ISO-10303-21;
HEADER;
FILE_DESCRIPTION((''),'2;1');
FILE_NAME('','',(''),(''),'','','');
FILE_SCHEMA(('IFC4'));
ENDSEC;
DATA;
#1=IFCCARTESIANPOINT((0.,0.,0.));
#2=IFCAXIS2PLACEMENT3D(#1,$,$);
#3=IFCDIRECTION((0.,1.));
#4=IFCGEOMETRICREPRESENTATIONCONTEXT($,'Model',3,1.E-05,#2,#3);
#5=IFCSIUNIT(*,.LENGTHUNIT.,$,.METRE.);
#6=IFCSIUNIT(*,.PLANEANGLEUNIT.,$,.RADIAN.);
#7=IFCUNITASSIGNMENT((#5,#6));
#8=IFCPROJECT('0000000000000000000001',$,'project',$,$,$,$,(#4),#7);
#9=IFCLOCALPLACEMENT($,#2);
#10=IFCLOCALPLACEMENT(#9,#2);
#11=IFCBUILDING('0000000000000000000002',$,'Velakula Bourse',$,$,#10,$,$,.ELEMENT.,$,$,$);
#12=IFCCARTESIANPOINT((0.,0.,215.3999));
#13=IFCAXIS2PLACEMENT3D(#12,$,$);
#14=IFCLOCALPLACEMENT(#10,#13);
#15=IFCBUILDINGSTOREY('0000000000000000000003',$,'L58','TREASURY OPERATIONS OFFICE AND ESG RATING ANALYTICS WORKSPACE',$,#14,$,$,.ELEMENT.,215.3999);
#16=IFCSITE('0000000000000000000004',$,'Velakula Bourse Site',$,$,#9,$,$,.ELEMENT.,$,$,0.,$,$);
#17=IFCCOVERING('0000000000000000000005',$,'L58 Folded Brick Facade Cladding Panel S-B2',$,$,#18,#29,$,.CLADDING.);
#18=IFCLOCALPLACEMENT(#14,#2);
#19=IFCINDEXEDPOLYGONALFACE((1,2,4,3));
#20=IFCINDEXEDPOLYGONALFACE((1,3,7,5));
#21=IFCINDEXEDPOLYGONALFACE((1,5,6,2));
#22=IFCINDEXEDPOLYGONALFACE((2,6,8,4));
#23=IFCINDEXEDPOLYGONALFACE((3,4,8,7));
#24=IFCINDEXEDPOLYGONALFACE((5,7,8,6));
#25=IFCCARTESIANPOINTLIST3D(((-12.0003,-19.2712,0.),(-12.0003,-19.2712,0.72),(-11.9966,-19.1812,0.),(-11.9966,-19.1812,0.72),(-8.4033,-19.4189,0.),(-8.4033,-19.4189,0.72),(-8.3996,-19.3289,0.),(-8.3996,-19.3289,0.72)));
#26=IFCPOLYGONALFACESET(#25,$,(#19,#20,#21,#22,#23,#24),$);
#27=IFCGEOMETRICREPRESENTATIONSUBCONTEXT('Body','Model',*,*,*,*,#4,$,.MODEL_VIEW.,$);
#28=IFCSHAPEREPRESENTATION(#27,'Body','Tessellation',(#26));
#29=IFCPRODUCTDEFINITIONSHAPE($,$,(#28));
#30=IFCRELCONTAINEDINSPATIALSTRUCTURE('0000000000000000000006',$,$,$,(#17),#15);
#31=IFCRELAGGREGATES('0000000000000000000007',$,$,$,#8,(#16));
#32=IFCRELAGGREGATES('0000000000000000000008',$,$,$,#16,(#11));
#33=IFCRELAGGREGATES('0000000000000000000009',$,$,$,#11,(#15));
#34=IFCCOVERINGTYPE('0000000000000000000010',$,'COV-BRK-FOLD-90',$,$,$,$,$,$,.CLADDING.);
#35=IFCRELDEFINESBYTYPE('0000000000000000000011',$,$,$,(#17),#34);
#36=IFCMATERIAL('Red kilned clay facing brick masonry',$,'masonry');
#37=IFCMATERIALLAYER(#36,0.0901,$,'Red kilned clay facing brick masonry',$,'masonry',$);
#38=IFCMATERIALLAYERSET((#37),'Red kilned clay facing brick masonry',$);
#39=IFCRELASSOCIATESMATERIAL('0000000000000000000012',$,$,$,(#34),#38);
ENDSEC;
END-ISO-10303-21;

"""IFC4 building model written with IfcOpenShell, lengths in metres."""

from ifc_helpers import new_model, si_unit, direction, frame, origin, origin_2d, place, context, subcontext, project, spatial, rectangle, extrude, material, layer, layer_set, type_object, element, save


model = new_model("IFC4")

# Units and contexts
model_context = context("Model", 3, precision=1e-05, world=origin(), true_north=direction((0.0, 1.0)))
body_context = subcontext(model_context, "Body", "Model", "MODEL_VIEW")
ifc_project = project(units=[si_unit("LENGTHUNIT", "METRE"), si_unit("PLANEANGLEUNIT", "RADIAN")], contexts=[model_context])

# Site, building, storey
site_placement = place(None, origin())
site = spatial("IfcSite", under=ifc_project, at=site_placement, Name="Velakula Bourse Site", CompositionType="ELEMENT", RefElevation=0.0)
building_placement = place(site_placement, origin())
building = spatial("IfcBuilding", under=site, at=building_placement, Name="Velakula Bourse", CompositionType="ELEMENT")
storey_placement = place(building_placement, frame((0.0, 0.0, 215.3999)))
storey = spatial("IfcBuildingStorey", under=building, at=storey_placement, Name="L58", Description="TREASURY OPERATIONS OFFICE AND ESG RATING ANALYTICS WORKSPACE", CompositionType="ELEMENT", Elevation=215.3999)

# Covering
ifc_material_1 = material(Name="Red kilned clay facing brick masonry", Category="masonry")
ifc_layer_1 = layer(ifc_material_1, 0.0901, Name="Red kilned clay facing brick masonry", Category="masonry")
ifc_layer_set_1 = layer_set([ifc_layer_1], Name="Red kilned clay facing brick masonry")
covering_type = type_object("IfcCoveringType", Name="COV-BRK-FOLD-90", PredefinedType="CLADDING", material=ifc_layer_set_1)
covering_placement = place(storey_placement, frame((-10.2, -19.3, 0.0), z_axis=(0.0, 0.0, 1.0), x_axis=(0.999159, -0.041004, 0.0)))
element("IfcCovering", 1, at=covering_placement, inside=storey, type_object=covering_type, Name="L58 Folded Brick Facade Cladding Panel S-B2", PredefinedType="CLADDING", context=body_context, shape_type="SweptSolid", body=[
    extrude(rectangle(XDim=3.6001, YDim=0.0901, at=origin_2d()), origin(), (0.0, 0.0, 1.0), 0.72),
])

save(model, "model.ifc")
